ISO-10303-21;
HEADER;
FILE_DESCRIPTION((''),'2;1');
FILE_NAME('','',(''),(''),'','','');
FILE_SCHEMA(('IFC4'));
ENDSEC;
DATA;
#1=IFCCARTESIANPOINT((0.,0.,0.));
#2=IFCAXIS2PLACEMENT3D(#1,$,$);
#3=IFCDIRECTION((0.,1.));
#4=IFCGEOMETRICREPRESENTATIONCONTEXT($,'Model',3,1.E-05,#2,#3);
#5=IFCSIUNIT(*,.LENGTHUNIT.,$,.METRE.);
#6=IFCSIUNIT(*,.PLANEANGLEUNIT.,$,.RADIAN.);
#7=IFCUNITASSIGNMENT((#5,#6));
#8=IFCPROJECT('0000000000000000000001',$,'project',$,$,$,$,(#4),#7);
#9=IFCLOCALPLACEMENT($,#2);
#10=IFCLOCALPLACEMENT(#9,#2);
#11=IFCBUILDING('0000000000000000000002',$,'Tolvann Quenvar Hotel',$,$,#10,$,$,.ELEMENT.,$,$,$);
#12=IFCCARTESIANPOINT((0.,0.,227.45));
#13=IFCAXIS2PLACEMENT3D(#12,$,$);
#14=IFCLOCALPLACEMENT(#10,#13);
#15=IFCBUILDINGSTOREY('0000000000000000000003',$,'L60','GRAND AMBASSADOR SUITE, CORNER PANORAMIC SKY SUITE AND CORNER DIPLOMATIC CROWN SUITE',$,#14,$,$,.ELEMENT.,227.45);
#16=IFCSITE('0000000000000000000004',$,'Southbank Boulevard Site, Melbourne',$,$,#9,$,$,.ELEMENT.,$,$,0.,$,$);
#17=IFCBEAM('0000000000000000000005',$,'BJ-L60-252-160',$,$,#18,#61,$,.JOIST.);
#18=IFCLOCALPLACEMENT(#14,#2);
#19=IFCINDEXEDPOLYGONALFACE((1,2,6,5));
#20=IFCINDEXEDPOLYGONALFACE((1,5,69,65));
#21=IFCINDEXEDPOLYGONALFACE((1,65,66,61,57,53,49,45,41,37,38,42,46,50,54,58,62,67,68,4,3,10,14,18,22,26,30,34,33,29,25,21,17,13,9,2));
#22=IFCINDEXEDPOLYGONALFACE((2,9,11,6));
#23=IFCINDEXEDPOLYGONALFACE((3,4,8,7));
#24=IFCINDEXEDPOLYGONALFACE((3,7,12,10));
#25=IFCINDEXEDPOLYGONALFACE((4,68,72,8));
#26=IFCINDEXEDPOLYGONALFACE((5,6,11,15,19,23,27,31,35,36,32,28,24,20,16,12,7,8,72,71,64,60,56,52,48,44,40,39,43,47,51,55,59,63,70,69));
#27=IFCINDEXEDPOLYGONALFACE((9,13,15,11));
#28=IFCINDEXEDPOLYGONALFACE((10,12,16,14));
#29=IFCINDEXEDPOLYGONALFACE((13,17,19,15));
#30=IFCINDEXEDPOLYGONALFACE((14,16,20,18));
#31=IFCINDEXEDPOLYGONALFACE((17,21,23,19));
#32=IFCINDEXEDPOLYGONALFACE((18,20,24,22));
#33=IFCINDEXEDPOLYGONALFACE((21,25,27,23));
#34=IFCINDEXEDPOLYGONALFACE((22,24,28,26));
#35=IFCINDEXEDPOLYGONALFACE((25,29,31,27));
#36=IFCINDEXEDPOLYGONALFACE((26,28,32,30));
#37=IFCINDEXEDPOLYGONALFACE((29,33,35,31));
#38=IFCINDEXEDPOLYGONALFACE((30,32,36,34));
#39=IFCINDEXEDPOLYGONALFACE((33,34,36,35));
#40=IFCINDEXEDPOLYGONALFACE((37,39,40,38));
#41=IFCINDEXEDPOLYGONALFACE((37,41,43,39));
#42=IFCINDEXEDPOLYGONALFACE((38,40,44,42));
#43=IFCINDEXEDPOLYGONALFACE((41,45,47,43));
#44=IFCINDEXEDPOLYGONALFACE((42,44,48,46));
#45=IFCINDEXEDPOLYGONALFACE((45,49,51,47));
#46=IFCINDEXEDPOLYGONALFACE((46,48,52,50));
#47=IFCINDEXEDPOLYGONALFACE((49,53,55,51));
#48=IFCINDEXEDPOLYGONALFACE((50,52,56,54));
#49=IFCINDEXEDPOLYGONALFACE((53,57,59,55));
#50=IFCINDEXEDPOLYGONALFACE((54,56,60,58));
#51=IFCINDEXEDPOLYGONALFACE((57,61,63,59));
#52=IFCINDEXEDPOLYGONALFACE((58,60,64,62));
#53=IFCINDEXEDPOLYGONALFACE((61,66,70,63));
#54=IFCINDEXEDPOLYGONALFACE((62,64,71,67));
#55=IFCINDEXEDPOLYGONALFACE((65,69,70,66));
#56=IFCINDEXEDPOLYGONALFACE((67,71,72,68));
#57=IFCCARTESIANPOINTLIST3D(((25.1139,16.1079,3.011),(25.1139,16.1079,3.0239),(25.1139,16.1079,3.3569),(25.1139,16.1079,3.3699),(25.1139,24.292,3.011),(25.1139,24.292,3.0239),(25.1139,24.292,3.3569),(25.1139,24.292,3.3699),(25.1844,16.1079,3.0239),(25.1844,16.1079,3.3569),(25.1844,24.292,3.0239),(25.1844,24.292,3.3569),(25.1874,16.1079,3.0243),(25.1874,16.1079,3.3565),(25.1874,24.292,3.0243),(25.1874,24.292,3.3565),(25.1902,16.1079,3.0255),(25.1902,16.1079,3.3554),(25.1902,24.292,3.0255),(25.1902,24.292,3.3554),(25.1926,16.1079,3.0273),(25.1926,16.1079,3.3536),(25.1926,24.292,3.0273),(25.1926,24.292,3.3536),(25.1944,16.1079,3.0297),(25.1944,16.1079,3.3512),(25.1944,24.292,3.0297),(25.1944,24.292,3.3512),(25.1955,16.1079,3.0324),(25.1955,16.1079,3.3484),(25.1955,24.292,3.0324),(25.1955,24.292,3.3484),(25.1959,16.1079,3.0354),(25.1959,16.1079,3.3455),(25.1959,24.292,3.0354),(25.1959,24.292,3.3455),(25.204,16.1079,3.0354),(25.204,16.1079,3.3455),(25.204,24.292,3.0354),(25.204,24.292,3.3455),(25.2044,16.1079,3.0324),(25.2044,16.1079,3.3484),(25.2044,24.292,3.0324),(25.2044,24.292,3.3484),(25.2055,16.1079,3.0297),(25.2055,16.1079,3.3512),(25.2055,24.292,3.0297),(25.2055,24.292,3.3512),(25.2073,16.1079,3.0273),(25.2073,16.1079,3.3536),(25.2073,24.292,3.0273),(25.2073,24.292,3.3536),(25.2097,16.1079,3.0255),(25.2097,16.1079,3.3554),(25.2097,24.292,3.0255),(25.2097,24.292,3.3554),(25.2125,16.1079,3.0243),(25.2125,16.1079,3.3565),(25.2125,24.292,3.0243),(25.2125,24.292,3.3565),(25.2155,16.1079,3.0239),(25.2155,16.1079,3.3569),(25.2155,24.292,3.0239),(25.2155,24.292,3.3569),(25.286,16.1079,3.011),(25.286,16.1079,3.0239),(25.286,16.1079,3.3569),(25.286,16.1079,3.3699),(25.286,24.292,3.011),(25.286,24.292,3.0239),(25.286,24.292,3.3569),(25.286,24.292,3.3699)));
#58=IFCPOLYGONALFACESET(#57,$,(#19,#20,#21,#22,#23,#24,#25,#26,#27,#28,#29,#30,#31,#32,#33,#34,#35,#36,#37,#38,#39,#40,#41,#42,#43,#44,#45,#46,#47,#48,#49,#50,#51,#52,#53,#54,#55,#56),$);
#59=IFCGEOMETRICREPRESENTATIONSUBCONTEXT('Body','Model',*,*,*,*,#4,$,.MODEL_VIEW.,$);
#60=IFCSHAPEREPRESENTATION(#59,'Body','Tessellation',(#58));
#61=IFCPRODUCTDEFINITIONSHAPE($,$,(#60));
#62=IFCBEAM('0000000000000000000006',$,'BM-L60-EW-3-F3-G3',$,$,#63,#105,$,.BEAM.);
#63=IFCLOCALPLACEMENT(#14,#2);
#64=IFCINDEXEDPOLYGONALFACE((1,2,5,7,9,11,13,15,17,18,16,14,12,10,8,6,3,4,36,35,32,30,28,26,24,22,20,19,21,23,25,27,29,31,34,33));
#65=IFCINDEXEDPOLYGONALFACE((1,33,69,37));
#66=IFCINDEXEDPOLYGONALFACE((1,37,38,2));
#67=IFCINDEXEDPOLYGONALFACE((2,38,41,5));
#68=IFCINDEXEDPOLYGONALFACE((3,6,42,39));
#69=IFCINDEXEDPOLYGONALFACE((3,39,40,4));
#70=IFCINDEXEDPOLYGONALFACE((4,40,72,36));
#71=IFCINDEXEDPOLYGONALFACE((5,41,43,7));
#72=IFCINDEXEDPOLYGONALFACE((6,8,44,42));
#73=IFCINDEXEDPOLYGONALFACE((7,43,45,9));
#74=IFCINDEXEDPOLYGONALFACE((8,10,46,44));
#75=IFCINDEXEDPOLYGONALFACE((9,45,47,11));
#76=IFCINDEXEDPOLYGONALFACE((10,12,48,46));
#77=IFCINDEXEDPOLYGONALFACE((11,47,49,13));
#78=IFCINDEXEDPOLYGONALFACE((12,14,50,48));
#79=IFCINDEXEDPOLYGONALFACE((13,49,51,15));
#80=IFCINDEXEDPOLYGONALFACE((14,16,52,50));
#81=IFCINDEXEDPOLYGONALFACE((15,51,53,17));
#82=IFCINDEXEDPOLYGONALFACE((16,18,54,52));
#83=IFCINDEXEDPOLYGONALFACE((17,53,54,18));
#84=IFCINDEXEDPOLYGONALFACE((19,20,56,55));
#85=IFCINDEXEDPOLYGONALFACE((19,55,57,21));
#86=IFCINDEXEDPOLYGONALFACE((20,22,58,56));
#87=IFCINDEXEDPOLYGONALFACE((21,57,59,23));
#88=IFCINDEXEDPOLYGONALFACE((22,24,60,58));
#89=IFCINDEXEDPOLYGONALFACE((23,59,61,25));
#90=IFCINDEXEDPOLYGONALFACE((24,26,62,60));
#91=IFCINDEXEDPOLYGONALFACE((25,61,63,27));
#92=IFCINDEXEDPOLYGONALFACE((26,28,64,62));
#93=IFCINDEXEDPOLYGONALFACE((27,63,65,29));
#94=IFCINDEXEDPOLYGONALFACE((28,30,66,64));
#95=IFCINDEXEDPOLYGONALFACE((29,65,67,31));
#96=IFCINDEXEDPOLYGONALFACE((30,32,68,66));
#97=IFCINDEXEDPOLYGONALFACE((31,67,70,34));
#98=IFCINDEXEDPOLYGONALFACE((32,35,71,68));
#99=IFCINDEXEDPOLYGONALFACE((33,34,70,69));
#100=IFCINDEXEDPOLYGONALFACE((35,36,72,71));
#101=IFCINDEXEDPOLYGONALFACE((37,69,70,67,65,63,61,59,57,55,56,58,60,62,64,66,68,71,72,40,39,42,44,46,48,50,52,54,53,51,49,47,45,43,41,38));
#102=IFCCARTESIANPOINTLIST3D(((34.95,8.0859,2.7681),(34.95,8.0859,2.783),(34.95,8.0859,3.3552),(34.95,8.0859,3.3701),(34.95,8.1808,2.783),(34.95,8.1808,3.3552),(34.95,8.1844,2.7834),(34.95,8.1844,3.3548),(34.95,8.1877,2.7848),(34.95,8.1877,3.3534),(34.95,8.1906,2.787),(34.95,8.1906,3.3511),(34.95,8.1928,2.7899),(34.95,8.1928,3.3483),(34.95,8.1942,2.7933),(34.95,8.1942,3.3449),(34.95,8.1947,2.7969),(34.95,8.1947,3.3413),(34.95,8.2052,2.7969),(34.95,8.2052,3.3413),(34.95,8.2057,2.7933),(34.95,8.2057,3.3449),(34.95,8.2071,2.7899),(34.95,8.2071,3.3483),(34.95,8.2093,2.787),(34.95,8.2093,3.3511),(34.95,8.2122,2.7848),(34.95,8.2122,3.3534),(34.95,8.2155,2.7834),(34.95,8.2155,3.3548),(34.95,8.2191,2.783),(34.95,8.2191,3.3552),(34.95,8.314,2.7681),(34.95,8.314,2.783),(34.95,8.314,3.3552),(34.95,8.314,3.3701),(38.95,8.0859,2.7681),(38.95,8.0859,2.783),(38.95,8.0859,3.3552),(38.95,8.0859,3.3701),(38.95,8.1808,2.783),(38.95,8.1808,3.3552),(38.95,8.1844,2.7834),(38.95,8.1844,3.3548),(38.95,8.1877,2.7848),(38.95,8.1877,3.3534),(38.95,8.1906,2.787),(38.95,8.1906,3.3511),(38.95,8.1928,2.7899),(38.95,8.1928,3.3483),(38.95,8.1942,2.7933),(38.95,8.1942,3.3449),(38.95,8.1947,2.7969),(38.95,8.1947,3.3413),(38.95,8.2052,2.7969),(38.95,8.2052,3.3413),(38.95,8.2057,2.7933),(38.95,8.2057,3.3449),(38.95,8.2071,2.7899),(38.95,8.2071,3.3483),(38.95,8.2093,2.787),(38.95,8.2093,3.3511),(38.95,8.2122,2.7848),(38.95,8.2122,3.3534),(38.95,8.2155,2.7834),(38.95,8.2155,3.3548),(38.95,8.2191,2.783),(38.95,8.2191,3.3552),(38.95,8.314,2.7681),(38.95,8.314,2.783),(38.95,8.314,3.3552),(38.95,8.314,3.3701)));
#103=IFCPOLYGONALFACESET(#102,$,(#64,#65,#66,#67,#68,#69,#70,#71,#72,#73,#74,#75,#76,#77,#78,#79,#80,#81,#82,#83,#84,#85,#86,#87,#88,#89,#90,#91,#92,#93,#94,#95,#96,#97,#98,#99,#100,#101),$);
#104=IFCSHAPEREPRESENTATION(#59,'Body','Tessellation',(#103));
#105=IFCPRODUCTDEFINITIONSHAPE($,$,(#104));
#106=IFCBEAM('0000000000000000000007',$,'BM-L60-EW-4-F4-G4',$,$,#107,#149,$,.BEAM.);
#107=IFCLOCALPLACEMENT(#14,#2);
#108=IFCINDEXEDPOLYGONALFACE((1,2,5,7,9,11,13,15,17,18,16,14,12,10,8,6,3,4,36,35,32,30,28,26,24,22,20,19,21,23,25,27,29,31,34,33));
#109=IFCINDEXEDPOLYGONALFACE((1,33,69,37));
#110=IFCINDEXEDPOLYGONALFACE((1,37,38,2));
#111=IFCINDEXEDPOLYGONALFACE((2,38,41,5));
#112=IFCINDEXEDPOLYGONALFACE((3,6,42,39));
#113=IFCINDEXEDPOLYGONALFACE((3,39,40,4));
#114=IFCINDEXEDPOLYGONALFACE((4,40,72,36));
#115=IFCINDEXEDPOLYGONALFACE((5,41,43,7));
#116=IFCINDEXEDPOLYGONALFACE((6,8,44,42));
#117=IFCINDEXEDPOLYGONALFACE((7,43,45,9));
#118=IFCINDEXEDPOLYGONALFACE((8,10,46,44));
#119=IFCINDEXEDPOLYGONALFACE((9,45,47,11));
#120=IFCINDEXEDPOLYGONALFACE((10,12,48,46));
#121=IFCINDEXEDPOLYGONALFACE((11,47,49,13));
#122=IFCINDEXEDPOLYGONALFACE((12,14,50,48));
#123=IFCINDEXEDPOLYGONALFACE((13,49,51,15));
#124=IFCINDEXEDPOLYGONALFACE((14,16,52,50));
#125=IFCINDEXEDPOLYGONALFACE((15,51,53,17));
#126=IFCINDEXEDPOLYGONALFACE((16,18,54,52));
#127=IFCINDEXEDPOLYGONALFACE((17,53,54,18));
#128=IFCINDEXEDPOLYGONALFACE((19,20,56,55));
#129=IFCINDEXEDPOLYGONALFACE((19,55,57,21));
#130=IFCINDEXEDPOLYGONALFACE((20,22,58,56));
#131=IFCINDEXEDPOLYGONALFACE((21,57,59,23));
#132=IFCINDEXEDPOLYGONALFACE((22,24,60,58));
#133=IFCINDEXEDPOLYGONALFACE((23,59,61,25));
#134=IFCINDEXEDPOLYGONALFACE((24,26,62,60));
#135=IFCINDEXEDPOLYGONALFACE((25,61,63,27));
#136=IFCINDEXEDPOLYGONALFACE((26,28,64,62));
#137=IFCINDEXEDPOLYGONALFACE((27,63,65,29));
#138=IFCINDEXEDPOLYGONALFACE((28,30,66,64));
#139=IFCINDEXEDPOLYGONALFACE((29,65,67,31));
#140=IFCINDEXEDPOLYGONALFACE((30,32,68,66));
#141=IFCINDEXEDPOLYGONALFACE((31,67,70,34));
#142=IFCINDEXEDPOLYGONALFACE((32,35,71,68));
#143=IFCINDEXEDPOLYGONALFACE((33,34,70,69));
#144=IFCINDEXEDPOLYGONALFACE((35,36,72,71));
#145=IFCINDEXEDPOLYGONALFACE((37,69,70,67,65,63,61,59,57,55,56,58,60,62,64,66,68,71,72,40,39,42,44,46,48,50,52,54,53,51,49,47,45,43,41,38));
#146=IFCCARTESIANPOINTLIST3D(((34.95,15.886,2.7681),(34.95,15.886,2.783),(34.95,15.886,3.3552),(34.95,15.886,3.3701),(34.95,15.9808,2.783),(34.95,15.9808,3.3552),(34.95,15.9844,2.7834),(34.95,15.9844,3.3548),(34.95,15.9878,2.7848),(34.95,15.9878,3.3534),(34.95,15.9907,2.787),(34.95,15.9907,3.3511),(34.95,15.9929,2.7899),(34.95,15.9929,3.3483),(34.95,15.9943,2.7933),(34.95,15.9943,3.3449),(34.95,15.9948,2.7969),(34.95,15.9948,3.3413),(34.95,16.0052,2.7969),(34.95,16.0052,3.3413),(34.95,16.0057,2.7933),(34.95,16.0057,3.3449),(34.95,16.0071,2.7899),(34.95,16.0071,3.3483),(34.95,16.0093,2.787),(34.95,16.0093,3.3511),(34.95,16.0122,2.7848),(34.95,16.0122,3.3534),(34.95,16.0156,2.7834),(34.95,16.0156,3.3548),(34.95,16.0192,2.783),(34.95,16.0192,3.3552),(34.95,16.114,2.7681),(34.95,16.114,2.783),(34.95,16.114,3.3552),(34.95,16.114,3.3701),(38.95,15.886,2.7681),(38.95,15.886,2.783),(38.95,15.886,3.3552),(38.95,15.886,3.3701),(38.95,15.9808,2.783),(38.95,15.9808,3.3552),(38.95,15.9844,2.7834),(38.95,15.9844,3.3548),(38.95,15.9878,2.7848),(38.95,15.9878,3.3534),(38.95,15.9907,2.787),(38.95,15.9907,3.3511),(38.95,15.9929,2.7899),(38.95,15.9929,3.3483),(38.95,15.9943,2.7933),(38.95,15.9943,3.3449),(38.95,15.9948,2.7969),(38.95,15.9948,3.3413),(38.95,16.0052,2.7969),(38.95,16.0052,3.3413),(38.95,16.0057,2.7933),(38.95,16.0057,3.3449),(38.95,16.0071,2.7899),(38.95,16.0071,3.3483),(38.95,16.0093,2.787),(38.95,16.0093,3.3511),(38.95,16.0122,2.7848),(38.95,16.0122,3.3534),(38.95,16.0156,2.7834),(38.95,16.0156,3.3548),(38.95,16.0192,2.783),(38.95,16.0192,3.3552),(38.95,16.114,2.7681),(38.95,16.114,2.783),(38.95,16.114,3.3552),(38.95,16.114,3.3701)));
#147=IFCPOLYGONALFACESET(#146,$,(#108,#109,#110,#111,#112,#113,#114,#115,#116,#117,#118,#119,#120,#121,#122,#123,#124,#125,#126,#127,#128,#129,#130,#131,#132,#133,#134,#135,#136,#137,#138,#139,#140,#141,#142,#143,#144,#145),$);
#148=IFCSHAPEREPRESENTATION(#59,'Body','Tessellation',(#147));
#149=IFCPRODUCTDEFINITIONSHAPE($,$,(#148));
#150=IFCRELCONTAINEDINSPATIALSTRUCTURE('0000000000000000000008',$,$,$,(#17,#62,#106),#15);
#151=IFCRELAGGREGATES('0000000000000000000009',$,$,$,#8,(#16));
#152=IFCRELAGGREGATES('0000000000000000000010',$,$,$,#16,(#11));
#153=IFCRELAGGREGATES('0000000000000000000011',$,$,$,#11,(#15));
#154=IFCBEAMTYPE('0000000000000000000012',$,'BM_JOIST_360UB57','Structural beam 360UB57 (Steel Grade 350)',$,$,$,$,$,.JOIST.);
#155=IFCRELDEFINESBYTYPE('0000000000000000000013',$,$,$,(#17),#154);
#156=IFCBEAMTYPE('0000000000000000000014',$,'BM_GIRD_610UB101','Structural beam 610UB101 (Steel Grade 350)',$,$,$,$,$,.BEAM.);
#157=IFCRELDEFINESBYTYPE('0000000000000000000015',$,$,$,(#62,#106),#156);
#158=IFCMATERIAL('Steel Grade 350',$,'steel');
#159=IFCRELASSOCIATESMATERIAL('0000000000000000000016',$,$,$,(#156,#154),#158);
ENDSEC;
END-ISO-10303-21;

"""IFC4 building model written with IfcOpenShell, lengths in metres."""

from ifc_helpers import new_model, si_unit, direction, frame, origin, origin_2d, place, context, subcontext, project, spatial, i_section, extrude, source, transform, mapped, material, material_profile, profile_set, type_object, type_shapes, element, save


model = new_model("IFC4")

# Units and contexts
model_context = context("Model", 3, precision=1e-05, world=origin(), true_north=direction((0.0, 1.0)))
body_context = subcontext(model_context, "Body", "Model", "MODEL_VIEW")
ifc_project = project(units=[si_unit("LENGTHUNIT", "METRE"), si_unit("PLANEANGLEUNIT", "RADIAN")], contexts=[model_context])

# Site, building, storey
site_placement = place(None, origin())
site = spatial("IfcSite", under=ifc_project, at=site_placement, Name="Southbank Boulevard Site, Melbourne", CompositionType="ELEMENT", RefElevation=0.0)
building_placement = place(site_placement, origin())
building = spatial("IfcBuilding", under=site, at=building_placement, Name="Tolvann Quenvar Hotel", CompositionType="ELEMENT")
storey_placement = place(building_placement, frame((0.0, 0.0, 227.45)))
storey = spatial("IfcBuildingStorey", under=building, at=storey_placement, Name="L60", Description="GRAND AMBASSADOR SUITE, CORNER PANORAMIC SKY SUITE AND CORNER DIPLOMATIC CROWN SUITE", CompositionType="ELEMENT", Elevation=227.45)

# Shared definitions
ifc_material_1 = material(Name="Steel Grade 350", Category="steel")

# Beams
ifc_material_profile_1 = material_profile(ifc_material_1, i_section(OverallWidth=0.228, OverallDepth=0.6021, WebThickness=0.0105, FlangeThickness=0.0149, FilletRadius=0.0139, at=origin_2d()), Name="610UB101")
ifc_profile_set_1 = profile_set([ifc_material_profile_1], Name="Steel Grade 350")
beam_type_1 = type_object("IfcBeamType", Name="BM_GIRD_610UB101", Description="Structural beam 610UB101 (Steel Grade 350)", PredefinedType="BEAM", material=ifc_profile_set_1)
ifc_material_profile_2 = material_profile(ifc_material_1, i_section(OverallWidth=0.1721, OverallDepth=0.3589, WebThickness=0.0081, FlangeThickness=0.0129, FilletRadius=0.0115, at=origin_2d()), Name="360UB57")
ifc_profile_set_2 = profile_set([ifc_material_profile_2], Name="Steel Grade 350")
beam_type_2 = type_object("IfcBeamType", Name="BM_JOIST_360UB57", Description="Structural beam 360UB57 (Steel Grade 350)", PredefinedType="JOIST", material=ifc_profile_set_2)
shared_shape_1 = source(origin(), body_context, "Body", "SweptSolid", [
    extrude(i_section(OverallWidth=0.1721, OverallDepth=0.3589, WebThickness=0.0081, FlangeThickness=0.0129, FilletRadius=0.0115, at=origin_2d()), origin(), (0.0, 0.0, 1.0), 8.1841),
])
type_shapes(beam_type_2, [shared_shape_1])
beam_1_placement = place(storey_placement, frame((25.2, 16.1079, 3.1904), z_axis=(0.0, 1.0, 0.0), x_axis=(-1.0, 0.0, 0.0)))
element("IfcBeam", 1, at=beam_1_placement, inside=storey, type_object=beam_type_2, Name="BJ-L60-252-160", PredefinedType="JOIST", context=body_context, shape_type="MappedRepresentation", body=[
    mapped(shared_shape_1, transform((0.0, 0.0, 0.0), x_axis=(1.0, 0.0, 0.0), y_axis=(0.0, 1.0, 0.0), z_axis=(0.0, 0.0, 1.0), scale=1.0)),
])
shared_shape_2 = source(origin(), body_context, "Body", "SweptSolid", [
    extrude(i_section(OverallWidth=0.228, OverallDepth=0.6021, WebThickness=0.0105, FlangeThickness=0.0149, FilletRadius=0.0139, at=origin_2d()), origin(), (0.0, 0.0, 1.0), 4.0),
])
for number, where, z_axis, x_axis, name in (
    (2, (34.95, 8.2, 3.0691), (1.0, 0.0, 0.0), (0.0, 1.0, 0.0), "BM-L60-EW-3-F3-G3"),
    (3, (34.95, 16.0, 3.0691), (1.0, 0.0, 0.0), (0.0, 1.0, 0.0), "BM-L60-EW-4-F4-G4"),
):
    element("IfcBeam", number, at=place(storey_placement, frame(where, z_axis=z_axis, x_axis=x_axis)), inside=storey, type_object=beam_type_1, Name=name, PredefinedType="BEAM", context=body_context, shape_type="MappedRepresentation", body=[
        mapped(shared_shape_2, transform((0.0, 0.0, 0.0), x_axis=(1.0, 0.0, 0.0), y_axis=(0.0, 1.0, 0.0), z_axis=(0.0, 0.0, 1.0), scale=1.0)),
    ])

save(model, "model.ifc")
